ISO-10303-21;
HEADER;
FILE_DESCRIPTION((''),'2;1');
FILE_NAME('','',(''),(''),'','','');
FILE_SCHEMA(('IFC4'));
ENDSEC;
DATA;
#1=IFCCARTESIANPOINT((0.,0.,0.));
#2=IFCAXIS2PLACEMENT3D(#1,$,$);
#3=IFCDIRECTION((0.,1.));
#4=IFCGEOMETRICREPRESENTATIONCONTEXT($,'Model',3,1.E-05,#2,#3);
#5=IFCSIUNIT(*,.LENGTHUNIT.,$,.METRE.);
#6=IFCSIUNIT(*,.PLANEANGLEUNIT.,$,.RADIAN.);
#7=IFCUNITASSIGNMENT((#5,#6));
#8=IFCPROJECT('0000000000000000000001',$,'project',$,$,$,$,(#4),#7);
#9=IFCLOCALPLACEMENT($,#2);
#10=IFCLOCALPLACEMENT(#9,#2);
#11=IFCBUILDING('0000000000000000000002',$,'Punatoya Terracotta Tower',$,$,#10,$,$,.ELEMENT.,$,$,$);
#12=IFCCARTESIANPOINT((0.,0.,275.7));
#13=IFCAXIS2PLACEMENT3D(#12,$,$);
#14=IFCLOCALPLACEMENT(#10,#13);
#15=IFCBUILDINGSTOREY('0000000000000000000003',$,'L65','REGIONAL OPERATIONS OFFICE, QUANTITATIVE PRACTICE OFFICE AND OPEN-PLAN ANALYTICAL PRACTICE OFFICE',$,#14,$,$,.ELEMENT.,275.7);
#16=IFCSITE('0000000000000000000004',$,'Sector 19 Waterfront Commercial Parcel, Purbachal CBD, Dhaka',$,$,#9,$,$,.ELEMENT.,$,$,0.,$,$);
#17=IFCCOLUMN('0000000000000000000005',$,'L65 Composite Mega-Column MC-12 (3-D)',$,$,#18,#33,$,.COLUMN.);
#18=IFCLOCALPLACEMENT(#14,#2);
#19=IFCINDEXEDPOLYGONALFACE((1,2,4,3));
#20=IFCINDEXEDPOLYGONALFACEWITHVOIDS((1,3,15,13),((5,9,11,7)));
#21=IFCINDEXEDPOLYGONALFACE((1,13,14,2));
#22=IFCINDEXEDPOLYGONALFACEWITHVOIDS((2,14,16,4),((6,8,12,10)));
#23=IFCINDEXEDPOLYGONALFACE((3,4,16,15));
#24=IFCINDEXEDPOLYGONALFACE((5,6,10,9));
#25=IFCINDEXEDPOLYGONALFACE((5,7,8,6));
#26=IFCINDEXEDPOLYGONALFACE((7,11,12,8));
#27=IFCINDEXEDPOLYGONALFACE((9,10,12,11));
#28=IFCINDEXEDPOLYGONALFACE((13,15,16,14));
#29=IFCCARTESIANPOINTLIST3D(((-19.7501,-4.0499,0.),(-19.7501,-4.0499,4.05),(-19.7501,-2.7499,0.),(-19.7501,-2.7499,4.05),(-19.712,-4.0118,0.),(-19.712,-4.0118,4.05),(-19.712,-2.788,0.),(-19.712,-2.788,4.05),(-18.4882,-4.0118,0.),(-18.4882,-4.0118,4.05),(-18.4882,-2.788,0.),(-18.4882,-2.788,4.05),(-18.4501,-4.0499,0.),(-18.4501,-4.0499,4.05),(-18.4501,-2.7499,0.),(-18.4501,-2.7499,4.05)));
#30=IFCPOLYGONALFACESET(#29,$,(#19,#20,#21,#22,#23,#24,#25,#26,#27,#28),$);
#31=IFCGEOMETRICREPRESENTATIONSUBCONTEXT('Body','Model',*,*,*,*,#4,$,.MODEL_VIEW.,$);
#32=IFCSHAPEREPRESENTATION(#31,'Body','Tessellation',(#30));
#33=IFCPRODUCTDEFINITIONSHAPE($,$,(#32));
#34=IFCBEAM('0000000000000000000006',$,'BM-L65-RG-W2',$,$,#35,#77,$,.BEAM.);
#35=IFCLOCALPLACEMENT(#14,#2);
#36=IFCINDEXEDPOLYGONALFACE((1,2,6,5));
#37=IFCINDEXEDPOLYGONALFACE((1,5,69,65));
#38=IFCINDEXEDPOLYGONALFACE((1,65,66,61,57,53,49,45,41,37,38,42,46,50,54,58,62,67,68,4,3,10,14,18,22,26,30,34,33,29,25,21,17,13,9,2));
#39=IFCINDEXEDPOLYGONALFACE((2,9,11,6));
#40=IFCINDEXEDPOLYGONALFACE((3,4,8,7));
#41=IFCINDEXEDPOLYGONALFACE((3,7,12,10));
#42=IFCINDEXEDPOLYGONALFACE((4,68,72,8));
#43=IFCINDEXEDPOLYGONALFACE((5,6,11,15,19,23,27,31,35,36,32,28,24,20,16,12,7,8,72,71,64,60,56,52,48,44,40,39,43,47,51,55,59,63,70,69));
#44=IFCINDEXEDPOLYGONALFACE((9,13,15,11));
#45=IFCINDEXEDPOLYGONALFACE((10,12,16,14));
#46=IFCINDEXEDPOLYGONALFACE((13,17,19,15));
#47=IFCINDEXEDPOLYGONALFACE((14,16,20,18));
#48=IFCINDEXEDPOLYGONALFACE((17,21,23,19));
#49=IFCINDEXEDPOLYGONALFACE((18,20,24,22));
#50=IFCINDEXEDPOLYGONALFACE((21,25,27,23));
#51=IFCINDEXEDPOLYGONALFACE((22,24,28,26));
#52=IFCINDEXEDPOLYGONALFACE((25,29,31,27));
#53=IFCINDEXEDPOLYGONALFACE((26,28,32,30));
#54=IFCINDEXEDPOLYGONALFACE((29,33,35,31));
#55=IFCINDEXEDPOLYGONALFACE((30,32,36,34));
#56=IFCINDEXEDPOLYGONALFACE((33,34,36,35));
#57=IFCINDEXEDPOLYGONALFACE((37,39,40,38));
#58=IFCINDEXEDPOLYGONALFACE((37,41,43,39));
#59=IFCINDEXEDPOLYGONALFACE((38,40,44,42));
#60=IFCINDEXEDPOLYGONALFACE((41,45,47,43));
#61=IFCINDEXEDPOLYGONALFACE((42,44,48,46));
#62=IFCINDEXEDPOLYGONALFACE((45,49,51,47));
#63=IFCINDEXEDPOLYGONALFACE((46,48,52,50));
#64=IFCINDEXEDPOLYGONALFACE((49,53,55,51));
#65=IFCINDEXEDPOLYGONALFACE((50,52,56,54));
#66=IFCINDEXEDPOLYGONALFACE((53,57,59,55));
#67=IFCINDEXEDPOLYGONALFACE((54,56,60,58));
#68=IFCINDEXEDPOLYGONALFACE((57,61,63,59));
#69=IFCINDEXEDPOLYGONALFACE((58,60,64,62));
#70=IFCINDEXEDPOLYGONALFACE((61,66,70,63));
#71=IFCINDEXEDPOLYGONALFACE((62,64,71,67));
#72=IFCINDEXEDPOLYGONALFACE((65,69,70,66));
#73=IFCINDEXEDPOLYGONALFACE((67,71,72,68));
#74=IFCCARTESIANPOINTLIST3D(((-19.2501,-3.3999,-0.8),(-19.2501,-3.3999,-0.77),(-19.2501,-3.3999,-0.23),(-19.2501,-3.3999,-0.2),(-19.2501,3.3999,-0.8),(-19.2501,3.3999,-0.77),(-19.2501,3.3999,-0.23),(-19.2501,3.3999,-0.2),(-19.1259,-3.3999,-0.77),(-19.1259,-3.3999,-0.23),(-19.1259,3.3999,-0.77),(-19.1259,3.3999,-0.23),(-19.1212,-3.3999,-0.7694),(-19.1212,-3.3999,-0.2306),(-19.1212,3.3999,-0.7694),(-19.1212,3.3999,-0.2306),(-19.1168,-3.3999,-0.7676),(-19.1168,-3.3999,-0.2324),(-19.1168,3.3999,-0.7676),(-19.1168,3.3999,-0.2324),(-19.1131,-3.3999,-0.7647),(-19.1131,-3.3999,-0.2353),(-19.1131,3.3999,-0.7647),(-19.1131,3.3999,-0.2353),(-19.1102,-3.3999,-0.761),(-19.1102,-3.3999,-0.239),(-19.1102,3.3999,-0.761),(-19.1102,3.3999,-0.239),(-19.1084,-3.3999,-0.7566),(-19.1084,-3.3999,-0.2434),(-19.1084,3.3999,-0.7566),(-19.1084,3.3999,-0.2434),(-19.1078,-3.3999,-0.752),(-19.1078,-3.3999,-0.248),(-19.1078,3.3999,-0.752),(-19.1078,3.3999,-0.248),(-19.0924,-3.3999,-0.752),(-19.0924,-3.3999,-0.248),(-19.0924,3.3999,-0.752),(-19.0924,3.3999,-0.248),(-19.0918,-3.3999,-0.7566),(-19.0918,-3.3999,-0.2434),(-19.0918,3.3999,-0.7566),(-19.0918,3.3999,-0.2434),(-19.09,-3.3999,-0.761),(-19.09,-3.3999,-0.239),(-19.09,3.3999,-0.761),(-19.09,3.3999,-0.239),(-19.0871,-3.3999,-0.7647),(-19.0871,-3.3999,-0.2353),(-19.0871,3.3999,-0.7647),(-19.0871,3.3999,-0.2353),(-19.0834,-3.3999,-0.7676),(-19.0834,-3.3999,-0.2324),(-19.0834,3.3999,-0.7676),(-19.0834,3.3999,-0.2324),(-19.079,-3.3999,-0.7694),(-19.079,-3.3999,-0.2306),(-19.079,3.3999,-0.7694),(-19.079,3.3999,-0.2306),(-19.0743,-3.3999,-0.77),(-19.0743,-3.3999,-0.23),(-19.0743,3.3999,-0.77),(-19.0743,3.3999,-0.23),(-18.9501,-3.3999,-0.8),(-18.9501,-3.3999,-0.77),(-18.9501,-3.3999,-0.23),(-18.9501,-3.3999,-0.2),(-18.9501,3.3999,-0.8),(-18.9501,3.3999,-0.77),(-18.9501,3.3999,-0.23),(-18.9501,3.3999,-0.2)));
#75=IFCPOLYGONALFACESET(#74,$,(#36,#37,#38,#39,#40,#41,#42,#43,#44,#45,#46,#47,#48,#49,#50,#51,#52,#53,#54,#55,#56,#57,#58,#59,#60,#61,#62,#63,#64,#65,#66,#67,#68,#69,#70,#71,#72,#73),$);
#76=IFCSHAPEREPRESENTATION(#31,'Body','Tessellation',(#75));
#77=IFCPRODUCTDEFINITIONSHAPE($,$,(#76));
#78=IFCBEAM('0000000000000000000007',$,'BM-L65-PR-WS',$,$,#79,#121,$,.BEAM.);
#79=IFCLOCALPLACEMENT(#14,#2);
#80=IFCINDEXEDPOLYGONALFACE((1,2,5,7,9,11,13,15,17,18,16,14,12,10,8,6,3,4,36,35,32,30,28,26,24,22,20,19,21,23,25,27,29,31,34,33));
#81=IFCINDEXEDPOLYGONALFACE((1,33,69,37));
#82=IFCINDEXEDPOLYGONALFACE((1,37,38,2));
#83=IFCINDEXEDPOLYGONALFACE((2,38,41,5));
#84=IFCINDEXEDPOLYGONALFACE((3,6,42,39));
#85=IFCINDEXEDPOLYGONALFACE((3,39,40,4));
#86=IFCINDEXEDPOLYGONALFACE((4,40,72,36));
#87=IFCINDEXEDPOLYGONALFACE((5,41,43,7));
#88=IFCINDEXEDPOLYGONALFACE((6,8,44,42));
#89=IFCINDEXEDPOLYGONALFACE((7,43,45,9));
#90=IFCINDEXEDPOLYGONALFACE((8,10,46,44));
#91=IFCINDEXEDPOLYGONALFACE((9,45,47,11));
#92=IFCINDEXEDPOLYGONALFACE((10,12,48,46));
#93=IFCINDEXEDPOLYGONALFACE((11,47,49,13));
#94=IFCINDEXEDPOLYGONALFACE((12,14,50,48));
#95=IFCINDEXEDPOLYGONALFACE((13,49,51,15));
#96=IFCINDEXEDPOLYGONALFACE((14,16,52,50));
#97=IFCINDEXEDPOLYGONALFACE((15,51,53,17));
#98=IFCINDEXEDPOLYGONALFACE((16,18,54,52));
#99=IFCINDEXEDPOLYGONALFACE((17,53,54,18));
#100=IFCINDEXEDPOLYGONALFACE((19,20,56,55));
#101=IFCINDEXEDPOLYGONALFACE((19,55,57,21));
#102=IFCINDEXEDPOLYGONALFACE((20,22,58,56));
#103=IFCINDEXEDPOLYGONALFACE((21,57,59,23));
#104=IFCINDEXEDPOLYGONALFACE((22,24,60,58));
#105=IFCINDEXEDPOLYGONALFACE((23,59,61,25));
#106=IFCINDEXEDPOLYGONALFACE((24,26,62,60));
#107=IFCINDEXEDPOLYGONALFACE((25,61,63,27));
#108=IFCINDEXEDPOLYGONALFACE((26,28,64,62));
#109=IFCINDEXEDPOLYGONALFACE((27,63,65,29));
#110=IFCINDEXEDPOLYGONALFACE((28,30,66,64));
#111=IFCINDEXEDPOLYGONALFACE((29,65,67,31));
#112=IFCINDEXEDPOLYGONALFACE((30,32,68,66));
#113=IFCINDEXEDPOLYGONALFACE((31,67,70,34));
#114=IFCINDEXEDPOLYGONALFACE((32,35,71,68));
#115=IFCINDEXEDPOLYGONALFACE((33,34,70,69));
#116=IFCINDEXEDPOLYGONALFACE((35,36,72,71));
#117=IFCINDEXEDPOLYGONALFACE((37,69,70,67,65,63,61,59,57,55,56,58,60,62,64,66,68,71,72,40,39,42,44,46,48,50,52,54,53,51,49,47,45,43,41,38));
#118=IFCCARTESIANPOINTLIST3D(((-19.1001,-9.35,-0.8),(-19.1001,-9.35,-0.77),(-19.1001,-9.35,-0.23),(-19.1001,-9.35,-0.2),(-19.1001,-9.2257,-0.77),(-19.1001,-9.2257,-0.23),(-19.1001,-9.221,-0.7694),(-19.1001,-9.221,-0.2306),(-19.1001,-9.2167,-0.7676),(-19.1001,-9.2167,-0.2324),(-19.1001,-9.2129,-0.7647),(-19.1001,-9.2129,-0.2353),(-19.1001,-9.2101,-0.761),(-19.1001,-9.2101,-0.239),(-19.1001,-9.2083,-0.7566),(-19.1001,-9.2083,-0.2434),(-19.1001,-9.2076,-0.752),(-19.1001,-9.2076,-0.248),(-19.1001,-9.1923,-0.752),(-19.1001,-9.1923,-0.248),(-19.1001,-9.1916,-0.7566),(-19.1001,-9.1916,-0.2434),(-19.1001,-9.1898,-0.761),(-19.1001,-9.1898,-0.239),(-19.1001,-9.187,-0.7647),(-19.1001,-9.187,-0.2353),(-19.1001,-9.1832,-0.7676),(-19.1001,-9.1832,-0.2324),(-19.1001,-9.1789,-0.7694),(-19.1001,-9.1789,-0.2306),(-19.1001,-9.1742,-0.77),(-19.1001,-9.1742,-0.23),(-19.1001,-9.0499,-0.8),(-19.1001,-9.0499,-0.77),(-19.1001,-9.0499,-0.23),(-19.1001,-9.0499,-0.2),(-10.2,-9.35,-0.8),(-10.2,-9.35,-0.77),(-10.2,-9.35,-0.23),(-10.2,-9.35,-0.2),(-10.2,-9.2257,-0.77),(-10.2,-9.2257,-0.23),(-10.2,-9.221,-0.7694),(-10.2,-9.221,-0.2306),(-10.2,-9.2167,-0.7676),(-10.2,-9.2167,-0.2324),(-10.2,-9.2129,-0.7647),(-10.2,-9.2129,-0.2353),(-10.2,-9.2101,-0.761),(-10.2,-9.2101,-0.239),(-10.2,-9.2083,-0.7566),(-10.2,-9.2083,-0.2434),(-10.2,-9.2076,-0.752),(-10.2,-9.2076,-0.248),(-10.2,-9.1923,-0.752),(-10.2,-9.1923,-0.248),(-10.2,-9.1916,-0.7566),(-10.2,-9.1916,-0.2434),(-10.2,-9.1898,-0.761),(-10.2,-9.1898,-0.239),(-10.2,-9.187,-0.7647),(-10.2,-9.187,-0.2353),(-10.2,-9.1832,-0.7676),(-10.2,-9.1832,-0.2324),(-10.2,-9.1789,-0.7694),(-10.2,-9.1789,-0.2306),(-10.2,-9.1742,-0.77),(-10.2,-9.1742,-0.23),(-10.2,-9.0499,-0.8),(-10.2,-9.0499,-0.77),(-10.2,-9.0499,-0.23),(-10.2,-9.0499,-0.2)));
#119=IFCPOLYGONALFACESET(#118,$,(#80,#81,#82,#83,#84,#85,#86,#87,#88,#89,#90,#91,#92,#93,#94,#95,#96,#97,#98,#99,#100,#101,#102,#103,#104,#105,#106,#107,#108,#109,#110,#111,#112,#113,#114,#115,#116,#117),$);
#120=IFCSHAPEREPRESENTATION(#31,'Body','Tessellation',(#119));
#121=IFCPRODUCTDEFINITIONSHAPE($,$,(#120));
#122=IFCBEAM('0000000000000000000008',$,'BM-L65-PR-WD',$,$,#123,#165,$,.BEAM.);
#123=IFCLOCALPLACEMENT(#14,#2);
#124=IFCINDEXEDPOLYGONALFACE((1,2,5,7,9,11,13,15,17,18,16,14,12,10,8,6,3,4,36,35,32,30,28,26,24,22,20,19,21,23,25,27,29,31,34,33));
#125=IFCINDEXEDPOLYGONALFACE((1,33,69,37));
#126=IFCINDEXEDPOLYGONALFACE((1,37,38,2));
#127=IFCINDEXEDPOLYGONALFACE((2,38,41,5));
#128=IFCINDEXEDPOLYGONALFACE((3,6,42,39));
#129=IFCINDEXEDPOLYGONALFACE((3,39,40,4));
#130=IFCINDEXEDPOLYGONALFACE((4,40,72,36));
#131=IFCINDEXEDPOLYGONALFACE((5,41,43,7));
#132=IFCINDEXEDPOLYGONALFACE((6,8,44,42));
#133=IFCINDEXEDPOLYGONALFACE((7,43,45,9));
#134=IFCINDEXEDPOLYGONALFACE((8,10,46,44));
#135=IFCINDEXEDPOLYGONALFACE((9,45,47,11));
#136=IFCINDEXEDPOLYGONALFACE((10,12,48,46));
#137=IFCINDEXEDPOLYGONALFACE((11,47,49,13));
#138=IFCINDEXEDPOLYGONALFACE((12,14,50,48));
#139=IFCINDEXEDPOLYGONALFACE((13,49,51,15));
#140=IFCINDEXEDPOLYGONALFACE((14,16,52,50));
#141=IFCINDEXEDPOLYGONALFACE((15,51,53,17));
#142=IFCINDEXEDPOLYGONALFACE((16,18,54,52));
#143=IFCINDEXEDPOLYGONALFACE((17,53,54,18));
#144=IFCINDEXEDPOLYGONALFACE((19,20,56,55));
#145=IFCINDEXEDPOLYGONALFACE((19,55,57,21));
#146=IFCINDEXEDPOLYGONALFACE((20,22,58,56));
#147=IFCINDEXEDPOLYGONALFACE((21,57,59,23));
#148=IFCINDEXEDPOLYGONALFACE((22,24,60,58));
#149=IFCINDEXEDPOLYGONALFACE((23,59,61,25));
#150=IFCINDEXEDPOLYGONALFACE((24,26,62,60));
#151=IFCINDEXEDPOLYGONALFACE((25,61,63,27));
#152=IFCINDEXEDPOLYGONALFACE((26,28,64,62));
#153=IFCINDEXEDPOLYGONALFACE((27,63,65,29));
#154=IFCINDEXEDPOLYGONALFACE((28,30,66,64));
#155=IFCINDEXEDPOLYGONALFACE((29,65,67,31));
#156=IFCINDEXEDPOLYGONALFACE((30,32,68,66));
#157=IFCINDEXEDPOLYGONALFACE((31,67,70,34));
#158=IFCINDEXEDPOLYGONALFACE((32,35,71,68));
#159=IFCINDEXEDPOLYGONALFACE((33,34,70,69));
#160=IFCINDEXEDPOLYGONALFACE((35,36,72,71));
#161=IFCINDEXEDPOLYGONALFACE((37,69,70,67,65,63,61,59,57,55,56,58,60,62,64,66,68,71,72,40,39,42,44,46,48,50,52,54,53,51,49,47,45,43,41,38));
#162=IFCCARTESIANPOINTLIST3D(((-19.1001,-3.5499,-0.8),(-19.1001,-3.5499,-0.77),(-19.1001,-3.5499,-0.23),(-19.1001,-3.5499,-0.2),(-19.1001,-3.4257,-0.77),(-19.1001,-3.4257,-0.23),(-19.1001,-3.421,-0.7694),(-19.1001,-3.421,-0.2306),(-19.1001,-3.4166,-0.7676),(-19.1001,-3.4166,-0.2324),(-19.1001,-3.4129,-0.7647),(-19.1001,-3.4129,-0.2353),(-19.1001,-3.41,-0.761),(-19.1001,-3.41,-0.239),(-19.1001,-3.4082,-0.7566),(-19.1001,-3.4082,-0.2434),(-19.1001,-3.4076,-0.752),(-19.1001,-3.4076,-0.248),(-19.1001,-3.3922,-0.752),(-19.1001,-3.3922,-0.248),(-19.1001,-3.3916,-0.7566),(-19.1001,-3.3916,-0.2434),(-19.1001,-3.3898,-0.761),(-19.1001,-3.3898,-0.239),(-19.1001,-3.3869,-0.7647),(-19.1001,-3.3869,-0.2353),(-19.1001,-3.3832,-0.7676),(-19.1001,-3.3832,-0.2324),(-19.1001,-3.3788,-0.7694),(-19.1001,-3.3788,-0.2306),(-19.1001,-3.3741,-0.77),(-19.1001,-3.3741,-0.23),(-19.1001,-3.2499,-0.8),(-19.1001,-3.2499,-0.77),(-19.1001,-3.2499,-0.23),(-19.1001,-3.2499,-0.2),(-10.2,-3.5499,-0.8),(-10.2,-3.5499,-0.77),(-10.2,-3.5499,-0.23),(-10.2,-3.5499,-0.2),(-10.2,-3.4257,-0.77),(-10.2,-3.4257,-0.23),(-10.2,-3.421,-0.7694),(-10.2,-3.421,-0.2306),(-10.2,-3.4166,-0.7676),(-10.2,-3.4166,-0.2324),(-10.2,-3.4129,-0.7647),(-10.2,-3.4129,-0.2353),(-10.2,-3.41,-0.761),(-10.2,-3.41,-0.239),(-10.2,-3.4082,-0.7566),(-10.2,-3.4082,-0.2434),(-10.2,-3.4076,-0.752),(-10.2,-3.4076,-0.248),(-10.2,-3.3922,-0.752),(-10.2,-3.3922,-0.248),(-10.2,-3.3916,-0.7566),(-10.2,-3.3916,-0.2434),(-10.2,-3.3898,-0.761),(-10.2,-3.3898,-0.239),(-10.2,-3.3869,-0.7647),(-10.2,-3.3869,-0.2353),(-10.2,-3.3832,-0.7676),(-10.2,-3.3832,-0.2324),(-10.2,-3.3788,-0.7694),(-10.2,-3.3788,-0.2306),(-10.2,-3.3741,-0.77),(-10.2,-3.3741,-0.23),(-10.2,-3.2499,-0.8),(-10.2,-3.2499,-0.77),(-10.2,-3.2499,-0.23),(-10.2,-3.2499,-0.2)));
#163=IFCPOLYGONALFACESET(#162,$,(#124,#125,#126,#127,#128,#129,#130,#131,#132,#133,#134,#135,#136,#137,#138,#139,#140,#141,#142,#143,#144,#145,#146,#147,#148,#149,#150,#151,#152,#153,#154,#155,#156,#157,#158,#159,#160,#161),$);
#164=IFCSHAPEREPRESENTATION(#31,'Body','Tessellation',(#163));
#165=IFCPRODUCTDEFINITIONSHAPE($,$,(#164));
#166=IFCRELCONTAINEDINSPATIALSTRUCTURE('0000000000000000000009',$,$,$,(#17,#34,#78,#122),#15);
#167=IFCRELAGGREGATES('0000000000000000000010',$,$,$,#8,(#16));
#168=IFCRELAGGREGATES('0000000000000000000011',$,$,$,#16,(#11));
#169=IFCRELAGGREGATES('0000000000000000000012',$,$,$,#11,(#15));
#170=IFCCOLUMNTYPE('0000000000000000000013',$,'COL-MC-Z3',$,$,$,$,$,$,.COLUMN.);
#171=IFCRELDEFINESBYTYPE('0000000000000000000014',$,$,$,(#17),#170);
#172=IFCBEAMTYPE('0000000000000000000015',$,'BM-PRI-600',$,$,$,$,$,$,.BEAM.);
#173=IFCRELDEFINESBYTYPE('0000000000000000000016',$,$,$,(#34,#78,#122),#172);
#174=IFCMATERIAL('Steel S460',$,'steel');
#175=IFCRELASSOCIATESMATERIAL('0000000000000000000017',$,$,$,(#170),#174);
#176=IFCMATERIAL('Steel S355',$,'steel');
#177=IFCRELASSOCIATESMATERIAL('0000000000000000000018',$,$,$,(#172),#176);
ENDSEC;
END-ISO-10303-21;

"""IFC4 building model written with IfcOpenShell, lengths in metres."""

from ifc_helpers import new_model, si_unit, direction, frame, origin, origin_2d, place, context, subcontext, project, spatial, hollow_rectangle, i_section, extrude, material, material_profile, profile_set, type_object, element, save


model = new_model("IFC4")

# Units and contexts
model_context = context("Model", 3, precision=1e-05, world=origin(), true_north=direction((0.0, 1.0)))
body_context = subcontext(model_context, "Body", "Model", "MODEL_VIEW")
ifc_project = project(units=[si_unit("LENGTHUNIT", "METRE"), si_unit("PLANEANGLEUNIT", "RADIAN")], contexts=[model_context])

# Site, building, storey
site_placement = place(None, origin())
site = spatial("IfcSite", under=ifc_project, at=site_placement, Name="Sector 19 Waterfront Commercial Parcel, Purbachal CBD, Dhaka", CompositionType="ELEMENT", RefElevation=0.0)
building_placement = place(site_placement, origin())
building = spatial("IfcBuilding", under=site, at=building_placement, Name="Punatoya Terracotta Tower", CompositionType="ELEMENT")
storey_placement = place(building_placement, frame((0.0, 0.0, 275.7)))
storey = spatial("IfcBuildingStorey", under=building, at=storey_placement, Name="L65", Description="REGIONAL OPERATIONS OFFICE, QUANTITATIVE PRACTICE OFFICE AND OPEN-PLAN ANALYTICAL PRACTICE OFFICE", CompositionType="ELEMENT", Elevation=275.7)

# Column
ifc_material_1 = material(Name="Steel S460", Category="steel")
ifc_material_profile_1 = material_profile(ifc_material_1, hollow_rectangle(XDim=1.3, YDim=1.3, WallThickness=0.0381, at=origin_2d()))
ifc_profile_set_1 = profile_set([ifc_material_profile_1], Name="Steel S460")
column_type = type_object("IfcColumnType", Name="COL-MC-Z3", PredefinedType="COLUMN", material=ifc_profile_set_1)
column_placement = place(storey_placement, frame((-19.1001, -3.3999, 0.0), z_axis=(0.0, 0.0, 1.0), x_axis=(1.0, 0.0, 0.0)))
element("IfcColumn", 1, at=column_placement, inside=storey, type_object=column_type, Name="L65 Composite Mega-Column MC-12 (3-D)", PredefinedType="COLUMN", context=body_context, shape_type="SweptSolid", body=[
    extrude(hollow_rectangle(XDim=1.3, YDim=1.3, WallThickness=0.0381, at=origin_2d()), origin(), (0.0, 0.0, 1.0), 4.05),
])

# Beams
ifc_material_2 = material(Name="Steel S355", Category="steel")
ifc_material_profile_2 = material_profile(ifc_material_2, i_section(OverallWidth=0.3, OverallDepth=0.6001, WebThickness=0.0154, FlangeThickness=0.03, FilletRadius=0.0181, at=origin_2d()))
ifc_profile_set_2 = profile_set([ifc_material_profile_2], Name="Steel S355")
beam_type_1 = type_object("IfcBeamType", Name="BM-PRI-600", PredefinedType="BEAM", material=ifc_profile_set_2)
beam_1_placement = place(storey_placement, frame((-19.1001, -3.3999, -0.5), z_axis=(0.0, 1.0, 0.0), x_axis=(-1.0, 0.0, 0.0)))
element("IfcBeam", 2, at=beam_1_placement, inside=storey, type_object=beam_type_1, Name="BM-L65-RG-W2", PredefinedType="BEAM", context=body_context, shape_type="SweptSolid", body=[
    extrude(i_section(OverallWidth=0.3, OverallDepth=0.6001, WebThickness=0.0154, FlangeThickness=0.03, FilletRadius=0.0181, at=origin_2d()), origin(), (0.0, 0.0, 1.0), 6.7998),
])
for number, where, z_axis, x_axis, name in (
    (3, (-19.1001, -9.2, -0.5), (1.0, 0.0, 0.0), (0.0, 1.0, 0.0), "BM-L65-PR-WS"),
    (4, (-19.1001, -3.3999, -0.5), (1.0, 0.0, 0.0), (0.0, 1.0, 0.0), "BM-L65-PR-WD"),
):
    element("IfcBeam", number, at=place(storey_placement, frame(where, z_axis=z_axis, x_axis=x_axis)), inside=storey, type_object=beam_type_1, Name=name, PredefinedType="BEAM", context=body_context, shape_type="SweptSolid", body=[
        extrude(i_section(OverallWidth=0.3, OverallDepth=0.6001, WebThickness=0.0154, FlangeThickness=0.03, FilletRadius=0.0181, at=origin_2d()), origin(), (0.0, 0.0, 1.0), 8.9001),
    ])

save(model, "model.ifc")
